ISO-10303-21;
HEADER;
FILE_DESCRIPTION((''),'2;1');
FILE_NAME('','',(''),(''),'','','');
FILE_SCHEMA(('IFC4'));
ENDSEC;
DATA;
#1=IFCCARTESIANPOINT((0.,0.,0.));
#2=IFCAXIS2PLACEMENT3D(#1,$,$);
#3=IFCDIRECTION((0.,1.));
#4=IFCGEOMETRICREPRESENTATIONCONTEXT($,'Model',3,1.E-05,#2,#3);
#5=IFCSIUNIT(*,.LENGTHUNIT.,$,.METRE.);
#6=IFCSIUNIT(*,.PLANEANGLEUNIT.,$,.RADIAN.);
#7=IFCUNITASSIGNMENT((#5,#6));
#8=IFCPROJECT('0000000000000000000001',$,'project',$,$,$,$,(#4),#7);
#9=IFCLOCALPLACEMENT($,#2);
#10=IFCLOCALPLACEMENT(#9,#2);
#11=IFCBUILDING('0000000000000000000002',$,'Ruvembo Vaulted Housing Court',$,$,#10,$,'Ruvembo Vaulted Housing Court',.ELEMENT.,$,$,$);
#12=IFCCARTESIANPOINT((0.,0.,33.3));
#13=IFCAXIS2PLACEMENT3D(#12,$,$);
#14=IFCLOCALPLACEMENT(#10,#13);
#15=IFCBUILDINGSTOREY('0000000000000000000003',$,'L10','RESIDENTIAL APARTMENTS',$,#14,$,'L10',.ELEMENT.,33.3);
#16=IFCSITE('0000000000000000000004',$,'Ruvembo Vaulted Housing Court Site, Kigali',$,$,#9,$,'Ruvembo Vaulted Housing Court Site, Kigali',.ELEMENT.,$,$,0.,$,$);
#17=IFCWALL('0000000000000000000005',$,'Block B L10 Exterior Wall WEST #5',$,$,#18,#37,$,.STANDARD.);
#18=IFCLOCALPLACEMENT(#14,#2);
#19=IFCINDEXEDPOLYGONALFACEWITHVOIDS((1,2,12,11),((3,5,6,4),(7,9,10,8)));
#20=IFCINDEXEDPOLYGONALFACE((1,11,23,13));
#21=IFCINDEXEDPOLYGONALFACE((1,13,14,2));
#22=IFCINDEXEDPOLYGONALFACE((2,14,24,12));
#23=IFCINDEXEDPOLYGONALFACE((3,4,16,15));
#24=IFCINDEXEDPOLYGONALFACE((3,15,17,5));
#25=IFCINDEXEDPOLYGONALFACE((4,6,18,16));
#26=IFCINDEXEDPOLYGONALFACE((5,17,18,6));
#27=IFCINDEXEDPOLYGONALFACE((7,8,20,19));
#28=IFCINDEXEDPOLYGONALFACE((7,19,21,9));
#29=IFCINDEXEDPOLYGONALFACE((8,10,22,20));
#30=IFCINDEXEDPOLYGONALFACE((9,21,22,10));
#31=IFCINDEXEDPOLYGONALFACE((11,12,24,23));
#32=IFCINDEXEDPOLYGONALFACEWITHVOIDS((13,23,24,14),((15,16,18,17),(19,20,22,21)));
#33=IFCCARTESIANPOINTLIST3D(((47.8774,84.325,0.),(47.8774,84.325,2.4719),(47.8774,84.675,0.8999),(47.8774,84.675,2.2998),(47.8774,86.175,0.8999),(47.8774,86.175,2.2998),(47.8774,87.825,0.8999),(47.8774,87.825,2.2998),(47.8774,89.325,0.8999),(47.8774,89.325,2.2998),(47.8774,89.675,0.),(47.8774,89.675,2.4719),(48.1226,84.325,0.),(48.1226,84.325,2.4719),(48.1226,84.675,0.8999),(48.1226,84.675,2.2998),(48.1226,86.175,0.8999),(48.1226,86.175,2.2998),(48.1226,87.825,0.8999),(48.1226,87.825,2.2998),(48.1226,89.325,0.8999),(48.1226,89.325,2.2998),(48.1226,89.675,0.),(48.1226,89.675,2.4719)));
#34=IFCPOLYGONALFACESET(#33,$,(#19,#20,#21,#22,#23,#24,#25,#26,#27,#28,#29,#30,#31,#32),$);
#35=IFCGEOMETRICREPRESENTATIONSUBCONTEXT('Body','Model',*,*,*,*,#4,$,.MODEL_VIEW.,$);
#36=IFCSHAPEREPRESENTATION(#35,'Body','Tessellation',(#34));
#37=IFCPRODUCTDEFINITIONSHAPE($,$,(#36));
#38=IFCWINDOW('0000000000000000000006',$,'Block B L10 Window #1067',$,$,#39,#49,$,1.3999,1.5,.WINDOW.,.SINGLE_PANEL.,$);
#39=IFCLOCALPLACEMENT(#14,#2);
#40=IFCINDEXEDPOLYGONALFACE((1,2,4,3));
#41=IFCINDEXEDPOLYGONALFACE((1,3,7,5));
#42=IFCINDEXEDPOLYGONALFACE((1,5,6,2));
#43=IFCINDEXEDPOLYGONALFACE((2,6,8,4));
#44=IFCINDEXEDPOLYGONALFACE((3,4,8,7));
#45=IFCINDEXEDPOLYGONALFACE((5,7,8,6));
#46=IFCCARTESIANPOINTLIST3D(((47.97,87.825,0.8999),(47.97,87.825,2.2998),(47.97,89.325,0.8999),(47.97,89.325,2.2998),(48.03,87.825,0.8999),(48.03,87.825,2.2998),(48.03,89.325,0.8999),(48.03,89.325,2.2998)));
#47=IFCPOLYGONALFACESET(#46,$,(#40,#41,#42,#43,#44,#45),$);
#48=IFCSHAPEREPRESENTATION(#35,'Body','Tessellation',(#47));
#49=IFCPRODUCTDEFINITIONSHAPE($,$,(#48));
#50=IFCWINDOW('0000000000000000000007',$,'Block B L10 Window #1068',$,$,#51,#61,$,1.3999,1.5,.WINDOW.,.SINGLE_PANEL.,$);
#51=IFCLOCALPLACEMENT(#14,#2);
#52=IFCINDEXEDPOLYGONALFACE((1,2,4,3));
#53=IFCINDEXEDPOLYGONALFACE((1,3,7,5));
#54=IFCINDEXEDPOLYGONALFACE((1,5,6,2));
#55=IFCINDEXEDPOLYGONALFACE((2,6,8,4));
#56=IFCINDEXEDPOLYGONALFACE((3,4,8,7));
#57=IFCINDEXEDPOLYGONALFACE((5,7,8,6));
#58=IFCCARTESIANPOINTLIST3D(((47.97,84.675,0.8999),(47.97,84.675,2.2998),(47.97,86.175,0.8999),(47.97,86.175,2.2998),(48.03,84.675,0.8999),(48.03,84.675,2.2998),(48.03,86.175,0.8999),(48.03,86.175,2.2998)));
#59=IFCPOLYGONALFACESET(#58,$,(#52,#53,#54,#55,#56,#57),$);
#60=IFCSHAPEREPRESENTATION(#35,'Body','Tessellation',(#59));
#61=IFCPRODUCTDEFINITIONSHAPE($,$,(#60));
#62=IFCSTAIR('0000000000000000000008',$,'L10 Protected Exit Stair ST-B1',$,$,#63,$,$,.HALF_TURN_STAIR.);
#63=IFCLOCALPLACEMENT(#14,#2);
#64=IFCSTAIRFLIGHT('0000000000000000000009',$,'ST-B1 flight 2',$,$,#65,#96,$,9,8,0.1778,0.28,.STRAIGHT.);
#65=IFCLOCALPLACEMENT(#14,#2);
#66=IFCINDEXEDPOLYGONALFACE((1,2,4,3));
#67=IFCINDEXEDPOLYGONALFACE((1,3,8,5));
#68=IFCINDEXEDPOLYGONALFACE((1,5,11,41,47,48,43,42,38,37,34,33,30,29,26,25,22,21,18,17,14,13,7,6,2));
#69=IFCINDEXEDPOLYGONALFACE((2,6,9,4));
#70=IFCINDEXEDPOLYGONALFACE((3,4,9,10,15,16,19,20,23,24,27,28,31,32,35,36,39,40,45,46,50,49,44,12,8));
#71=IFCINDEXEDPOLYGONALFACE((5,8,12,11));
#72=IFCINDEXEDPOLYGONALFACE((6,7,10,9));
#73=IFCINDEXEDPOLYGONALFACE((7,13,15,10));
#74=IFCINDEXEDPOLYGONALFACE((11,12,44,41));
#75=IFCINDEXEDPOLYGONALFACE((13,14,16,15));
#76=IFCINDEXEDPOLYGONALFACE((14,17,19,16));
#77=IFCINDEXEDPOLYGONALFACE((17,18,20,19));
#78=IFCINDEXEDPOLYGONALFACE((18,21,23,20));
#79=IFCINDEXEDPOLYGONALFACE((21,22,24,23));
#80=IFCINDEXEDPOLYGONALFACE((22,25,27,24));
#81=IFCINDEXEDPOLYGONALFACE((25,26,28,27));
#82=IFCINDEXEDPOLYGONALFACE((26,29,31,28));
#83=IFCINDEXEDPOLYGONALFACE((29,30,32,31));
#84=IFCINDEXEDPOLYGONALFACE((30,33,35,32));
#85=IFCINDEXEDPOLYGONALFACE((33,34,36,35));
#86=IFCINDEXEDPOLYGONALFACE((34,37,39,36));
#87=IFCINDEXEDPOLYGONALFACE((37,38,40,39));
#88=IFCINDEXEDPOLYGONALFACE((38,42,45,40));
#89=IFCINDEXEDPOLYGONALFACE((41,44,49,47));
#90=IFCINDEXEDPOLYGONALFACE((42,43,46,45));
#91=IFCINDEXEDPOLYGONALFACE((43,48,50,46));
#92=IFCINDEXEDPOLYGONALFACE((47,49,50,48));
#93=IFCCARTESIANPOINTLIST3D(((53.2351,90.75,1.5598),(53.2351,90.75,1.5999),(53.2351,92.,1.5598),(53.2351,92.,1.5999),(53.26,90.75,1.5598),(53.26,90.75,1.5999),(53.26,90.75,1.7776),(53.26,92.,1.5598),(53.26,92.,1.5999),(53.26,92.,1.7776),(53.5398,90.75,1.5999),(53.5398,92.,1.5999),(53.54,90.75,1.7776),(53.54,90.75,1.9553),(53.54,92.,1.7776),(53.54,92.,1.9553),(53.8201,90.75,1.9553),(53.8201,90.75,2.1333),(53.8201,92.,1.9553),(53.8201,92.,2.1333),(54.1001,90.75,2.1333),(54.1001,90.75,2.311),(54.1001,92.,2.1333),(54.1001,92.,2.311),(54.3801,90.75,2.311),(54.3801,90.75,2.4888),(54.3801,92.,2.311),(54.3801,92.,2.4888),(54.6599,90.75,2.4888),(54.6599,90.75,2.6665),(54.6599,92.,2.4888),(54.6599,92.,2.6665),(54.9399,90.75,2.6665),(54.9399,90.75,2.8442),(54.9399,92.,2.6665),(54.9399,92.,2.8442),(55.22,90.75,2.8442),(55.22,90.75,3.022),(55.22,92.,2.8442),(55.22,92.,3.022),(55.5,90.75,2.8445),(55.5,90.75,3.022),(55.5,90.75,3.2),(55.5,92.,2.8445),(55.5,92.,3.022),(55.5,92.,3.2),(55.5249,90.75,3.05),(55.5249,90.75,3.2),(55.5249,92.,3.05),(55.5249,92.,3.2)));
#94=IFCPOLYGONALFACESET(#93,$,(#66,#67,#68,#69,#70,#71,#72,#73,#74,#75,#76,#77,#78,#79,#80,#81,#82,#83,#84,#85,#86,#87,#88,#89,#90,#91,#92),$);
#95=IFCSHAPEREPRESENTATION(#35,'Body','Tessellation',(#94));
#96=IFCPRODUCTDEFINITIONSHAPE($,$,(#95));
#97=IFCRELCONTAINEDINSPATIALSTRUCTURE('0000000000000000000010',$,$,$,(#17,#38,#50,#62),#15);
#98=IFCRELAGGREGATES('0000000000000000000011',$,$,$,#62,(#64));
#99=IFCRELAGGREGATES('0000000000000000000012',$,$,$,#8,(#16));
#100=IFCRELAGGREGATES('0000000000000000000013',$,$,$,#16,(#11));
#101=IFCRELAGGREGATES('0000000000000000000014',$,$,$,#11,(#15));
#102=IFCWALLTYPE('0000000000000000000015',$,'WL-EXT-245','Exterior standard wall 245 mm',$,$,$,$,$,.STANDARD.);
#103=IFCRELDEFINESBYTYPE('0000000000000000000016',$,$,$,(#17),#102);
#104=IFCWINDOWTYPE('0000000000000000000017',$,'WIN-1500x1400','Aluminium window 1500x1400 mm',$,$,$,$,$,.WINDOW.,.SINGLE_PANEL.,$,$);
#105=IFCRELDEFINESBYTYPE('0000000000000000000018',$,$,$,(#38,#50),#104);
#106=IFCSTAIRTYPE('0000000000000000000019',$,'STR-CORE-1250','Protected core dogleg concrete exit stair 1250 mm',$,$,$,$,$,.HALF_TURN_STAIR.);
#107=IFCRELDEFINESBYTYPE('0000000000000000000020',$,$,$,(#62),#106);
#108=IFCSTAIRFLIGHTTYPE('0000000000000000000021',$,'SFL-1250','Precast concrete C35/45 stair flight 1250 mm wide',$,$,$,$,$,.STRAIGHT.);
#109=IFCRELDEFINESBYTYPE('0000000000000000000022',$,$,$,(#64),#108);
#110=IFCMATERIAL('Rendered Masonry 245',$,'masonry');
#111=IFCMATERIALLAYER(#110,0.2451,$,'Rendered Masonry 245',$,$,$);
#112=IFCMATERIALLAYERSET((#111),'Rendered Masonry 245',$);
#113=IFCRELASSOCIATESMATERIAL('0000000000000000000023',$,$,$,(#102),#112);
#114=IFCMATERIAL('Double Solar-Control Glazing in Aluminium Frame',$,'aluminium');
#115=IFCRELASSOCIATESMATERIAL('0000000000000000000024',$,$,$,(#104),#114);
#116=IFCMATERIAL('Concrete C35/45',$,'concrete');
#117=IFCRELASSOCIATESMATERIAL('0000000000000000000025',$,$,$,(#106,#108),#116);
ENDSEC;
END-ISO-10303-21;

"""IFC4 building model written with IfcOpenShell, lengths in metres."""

from ifc_helpers import new_model, si_unit, direction, frame, frame_2d, origin, place, context, subcontext, project, spatial, polyline, rectangle, outline, extrude, material, layer, layer_set, type_object, element, fill, aggregate, save


model = new_model("IFC4")

# Units and contexts
model_context = context("Model", 3, precision=1e-05, world=origin(), true_north=direction((0.0, 1.0)))
body_context = subcontext(model_context, "Body", "Model", "MODEL_VIEW")
ifc_project = project(units=[si_unit("LENGTHUNIT", "METRE"), si_unit("PLANEANGLEUNIT", "RADIAN")], contexts=[model_context])

# Site, building, storey
site_placement = place(None, origin())
site = spatial("IfcSite", under=ifc_project, at=site_placement, Name="Ruvembo Vaulted Housing Court Site, Kigali", LongName="Ruvembo Vaulted Housing Court Site, Kigali", CompositionType="ELEMENT", RefElevation=0.0)
building_placement = place(site_placement, origin())
building = spatial("IfcBuilding", under=site, at=building_placement, Name="Ruvembo Vaulted Housing Court", LongName="Ruvembo Vaulted Housing Court", CompositionType="ELEMENT")
storey_placement = place(building_placement, frame((0.0, 0.0, 33.3)))
storey = spatial("IfcBuildingStorey", under=building, at=storey_placement, Name="L10", Description="RESIDENTIAL APARTMENTS", LongName="L10", CompositionType="ELEMENT", Elevation=33.3)

# Shared definitions
ifc_material_1 = material(Name="Concrete C35/45", Category="concrete")

# Wall, openings, windows
ifc_material_2 = material(Name="Rendered Masonry 245", Category="masonry")
ifc_layer_1 = layer(ifc_material_2, 0.2451, Name="Rendered Masonry 245")
ifc_layer_set_1 = layer_set([ifc_layer_1], Name="Rendered Masonry 245")
wall_type_1 = type_object("IfcWallType", Name="WL-EXT-245", Description="Exterior standard wall 245 mm", PredefinedType="STANDARD", material=ifc_layer_set_1)
wall_1_placement = place(storey_placement, frame((48.0, 89.675, 0.0), z_axis=(0.0, 0.0, 1.0), x_axis=(0.0, -1.0, 0.0)))
wall_1 = element("IfcWall", 1, at=wall_1_placement, inside=storey, type_object=wall_type_1, Name="Block B L10 Exterior Wall WEST #5", PredefinedType="STANDARD", context=body_context, shape_type="SweptSolid", body=[
    extrude(rectangle(XDim=5.3501, YDim=0.2451, at=frame_2d((2.675, 0.0))), origin(), (0.0, 0.0, 1.0), 2.4719),
])
opening_1_placement = place(wall_1_placement, frame((0.3501, 0.0, 0.8999)))
opening_1 = element("IfcOpeningElement", 2, at=opening_1_placement, cuts=wall_1, PredefinedType="OPENING", context=body_context, shape_type="SweptSolid", body=[
    extrude(rectangle(XDim=1.5, YDim=1.3999, at=frame_2d((0.75, 0.7))), frame((0.0, 0.1326, 0.0), z_axis=(0.0, -1.0, 0.0), x_axis=(1.0, 0.0, 0.0)), (0.0, 0.0, 1.0), 0.2651),
])
opening_2_placement = place(wall_1_placement, frame((3.5, 0.0, 0.8999)))
opening_2 = element("IfcOpeningElement", 3, at=opening_2_placement, cuts=wall_1, PredefinedType="OPENING", context=body_context, shape_type="SweptSolid", body=[
    extrude(rectangle(XDim=1.5, YDim=1.3999, at=frame_2d((0.75, 0.7))), frame((0.0, 0.1326, 0.0), z_axis=(0.0, -1.0, 0.0), x_axis=(1.0, 0.0, 0.0)), (0.0, 0.0, 1.0), 0.2651),
])
ifc_material_3 = material(Name="Double Solar-Control Glazing in Aluminium Frame", Category="aluminium")
window_type = type_object("IfcWindowType", Name="WIN-1500x1400", Description="Aluminium window 1500x1400 mm", PartitioningType="SINGLE_PANEL", PredefinedType="WINDOW", material=ifc_material_3)
window_1_placement = place(opening_1_placement, origin())
window_1 = element("IfcWindow", 4, at=window_1_placement, inside=storey, type_object=window_type, Name="Block B L10 Window #1067", OverallHeight=1.3999, OverallWidth=1.5, PartitioningType="SINGLE_PANEL", PredefinedType="WINDOW", context=body_context, shape_type="SweptSolid", body=[
    extrude(rectangle(XDim=1.5, YDim=1.3999, at=frame_2d((0.75, 0.7))), frame((0.0, 0.03, 0.0), z_axis=(0.0, -1.0, 0.0), x_axis=(1.0, 0.0, 0.0)), (0.0, 0.0, 1.0), 0.0601),
])
fill(opening_1, window_1)
window_2_placement = place(opening_2_placement, origin())
window_2 = element("IfcWindow", 5, at=window_2_placement, inside=storey, type_object=window_type, Name="Block B L10 Window #1068", OverallHeight=1.3999, OverallWidth=1.5, PartitioningType="SINGLE_PANEL", PredefinedType="WINDOW", context=body_context, shape_type="SweptSolid", body=[
    extrude(rectangle(XDim=1.5, YDim=1.3999, at=frame_2d((0.75, 0.7))), frame((0.0, 0.03, 0.0), z_axis=(0.0, -1.0, 0.0), x_axis=(1.0, 0.0, 0.0)), (0.0, 0.0, 1.0), 0.0601),
])
fill(opening_2, window_2)

# Stair, stair flight
stair_type = type_object("IfcStairType", Name="STR-CORE-1250", Description="Protected core dogleg concrete exit stair 1250 mm", PredefinedType="HALF_TURN_STAIR", material=ifc_material_1)
stair_placement = place(storey_placement, origin())
stair = element("IfcStair", 6, at=stair_placement, inside=storey, type_object=stair_type, Name="L10 Protected Exit Stair ST-B1", PredefinedType="HALF_TURN_STAIR")
stair_flight_type = type_object("IfcStairFlightType", Name="SFL-1250", Description="Precast concrete C35/45 stair flight 1250 mm wide", PredefinedType="STRAIGHT", material=ifc_material_1)
stair_flight_placement = place(storey_placement, frame((53.26, 91.375, 1.5999), z_axis=(0.0, 0.0, 1.0), x_axis=(1.0, 0.0, 0.0)))
stair_flight = element("IfcStairFlight", 7, at=stair_flight_placement, type_object=stair_flight_type, Name="ST-B1 flight 2", NumberOfRisers=9, NumberOfTreads=8, PredefinedType="STRAIGHT", RiserHeight=0.1778, TreadLength=0.28, context=body_context, shape_type="SweptSolid", body=[
    extrude(outline(polyline([(-0.0249, -0.04), (-0.0249, 0.0), (0.0, 0.0), (0.0, 0.1777), (0.28, 0.1777), (0.28, 0.3555), (0.5601, 0.3555), (0.5601, 0.5334), (0.8401, 0.5334), (0.8401, 0.7112), (1.1201, 0.7112), (1.1201, 0.8889), (1.3999, 0.8889), (1.3999, 1.0667), (1.6799, 1.0667), (1.6799, 1.2444), (1.96, 1.2444), (1.96, 1.4221), (2.24, 1.4221), (2.24, 1.6001), (2.2649, 1.6001), (2.2649, 1.4502), (2.24, 1.2446), (0.2798, 0.0), (0.0, -0.04), (-0.0249, -0.04)])), frame((0.0, 0.625, 0.0), z_axis=(0.0, -1.0, 0.0), x_axis=(1.0, 0.0, 0.0)), (0.0, 0.0, 1.0), 1.25),
])
aggregate(stair, [stair_flight])

save(model, "model.ifc")
